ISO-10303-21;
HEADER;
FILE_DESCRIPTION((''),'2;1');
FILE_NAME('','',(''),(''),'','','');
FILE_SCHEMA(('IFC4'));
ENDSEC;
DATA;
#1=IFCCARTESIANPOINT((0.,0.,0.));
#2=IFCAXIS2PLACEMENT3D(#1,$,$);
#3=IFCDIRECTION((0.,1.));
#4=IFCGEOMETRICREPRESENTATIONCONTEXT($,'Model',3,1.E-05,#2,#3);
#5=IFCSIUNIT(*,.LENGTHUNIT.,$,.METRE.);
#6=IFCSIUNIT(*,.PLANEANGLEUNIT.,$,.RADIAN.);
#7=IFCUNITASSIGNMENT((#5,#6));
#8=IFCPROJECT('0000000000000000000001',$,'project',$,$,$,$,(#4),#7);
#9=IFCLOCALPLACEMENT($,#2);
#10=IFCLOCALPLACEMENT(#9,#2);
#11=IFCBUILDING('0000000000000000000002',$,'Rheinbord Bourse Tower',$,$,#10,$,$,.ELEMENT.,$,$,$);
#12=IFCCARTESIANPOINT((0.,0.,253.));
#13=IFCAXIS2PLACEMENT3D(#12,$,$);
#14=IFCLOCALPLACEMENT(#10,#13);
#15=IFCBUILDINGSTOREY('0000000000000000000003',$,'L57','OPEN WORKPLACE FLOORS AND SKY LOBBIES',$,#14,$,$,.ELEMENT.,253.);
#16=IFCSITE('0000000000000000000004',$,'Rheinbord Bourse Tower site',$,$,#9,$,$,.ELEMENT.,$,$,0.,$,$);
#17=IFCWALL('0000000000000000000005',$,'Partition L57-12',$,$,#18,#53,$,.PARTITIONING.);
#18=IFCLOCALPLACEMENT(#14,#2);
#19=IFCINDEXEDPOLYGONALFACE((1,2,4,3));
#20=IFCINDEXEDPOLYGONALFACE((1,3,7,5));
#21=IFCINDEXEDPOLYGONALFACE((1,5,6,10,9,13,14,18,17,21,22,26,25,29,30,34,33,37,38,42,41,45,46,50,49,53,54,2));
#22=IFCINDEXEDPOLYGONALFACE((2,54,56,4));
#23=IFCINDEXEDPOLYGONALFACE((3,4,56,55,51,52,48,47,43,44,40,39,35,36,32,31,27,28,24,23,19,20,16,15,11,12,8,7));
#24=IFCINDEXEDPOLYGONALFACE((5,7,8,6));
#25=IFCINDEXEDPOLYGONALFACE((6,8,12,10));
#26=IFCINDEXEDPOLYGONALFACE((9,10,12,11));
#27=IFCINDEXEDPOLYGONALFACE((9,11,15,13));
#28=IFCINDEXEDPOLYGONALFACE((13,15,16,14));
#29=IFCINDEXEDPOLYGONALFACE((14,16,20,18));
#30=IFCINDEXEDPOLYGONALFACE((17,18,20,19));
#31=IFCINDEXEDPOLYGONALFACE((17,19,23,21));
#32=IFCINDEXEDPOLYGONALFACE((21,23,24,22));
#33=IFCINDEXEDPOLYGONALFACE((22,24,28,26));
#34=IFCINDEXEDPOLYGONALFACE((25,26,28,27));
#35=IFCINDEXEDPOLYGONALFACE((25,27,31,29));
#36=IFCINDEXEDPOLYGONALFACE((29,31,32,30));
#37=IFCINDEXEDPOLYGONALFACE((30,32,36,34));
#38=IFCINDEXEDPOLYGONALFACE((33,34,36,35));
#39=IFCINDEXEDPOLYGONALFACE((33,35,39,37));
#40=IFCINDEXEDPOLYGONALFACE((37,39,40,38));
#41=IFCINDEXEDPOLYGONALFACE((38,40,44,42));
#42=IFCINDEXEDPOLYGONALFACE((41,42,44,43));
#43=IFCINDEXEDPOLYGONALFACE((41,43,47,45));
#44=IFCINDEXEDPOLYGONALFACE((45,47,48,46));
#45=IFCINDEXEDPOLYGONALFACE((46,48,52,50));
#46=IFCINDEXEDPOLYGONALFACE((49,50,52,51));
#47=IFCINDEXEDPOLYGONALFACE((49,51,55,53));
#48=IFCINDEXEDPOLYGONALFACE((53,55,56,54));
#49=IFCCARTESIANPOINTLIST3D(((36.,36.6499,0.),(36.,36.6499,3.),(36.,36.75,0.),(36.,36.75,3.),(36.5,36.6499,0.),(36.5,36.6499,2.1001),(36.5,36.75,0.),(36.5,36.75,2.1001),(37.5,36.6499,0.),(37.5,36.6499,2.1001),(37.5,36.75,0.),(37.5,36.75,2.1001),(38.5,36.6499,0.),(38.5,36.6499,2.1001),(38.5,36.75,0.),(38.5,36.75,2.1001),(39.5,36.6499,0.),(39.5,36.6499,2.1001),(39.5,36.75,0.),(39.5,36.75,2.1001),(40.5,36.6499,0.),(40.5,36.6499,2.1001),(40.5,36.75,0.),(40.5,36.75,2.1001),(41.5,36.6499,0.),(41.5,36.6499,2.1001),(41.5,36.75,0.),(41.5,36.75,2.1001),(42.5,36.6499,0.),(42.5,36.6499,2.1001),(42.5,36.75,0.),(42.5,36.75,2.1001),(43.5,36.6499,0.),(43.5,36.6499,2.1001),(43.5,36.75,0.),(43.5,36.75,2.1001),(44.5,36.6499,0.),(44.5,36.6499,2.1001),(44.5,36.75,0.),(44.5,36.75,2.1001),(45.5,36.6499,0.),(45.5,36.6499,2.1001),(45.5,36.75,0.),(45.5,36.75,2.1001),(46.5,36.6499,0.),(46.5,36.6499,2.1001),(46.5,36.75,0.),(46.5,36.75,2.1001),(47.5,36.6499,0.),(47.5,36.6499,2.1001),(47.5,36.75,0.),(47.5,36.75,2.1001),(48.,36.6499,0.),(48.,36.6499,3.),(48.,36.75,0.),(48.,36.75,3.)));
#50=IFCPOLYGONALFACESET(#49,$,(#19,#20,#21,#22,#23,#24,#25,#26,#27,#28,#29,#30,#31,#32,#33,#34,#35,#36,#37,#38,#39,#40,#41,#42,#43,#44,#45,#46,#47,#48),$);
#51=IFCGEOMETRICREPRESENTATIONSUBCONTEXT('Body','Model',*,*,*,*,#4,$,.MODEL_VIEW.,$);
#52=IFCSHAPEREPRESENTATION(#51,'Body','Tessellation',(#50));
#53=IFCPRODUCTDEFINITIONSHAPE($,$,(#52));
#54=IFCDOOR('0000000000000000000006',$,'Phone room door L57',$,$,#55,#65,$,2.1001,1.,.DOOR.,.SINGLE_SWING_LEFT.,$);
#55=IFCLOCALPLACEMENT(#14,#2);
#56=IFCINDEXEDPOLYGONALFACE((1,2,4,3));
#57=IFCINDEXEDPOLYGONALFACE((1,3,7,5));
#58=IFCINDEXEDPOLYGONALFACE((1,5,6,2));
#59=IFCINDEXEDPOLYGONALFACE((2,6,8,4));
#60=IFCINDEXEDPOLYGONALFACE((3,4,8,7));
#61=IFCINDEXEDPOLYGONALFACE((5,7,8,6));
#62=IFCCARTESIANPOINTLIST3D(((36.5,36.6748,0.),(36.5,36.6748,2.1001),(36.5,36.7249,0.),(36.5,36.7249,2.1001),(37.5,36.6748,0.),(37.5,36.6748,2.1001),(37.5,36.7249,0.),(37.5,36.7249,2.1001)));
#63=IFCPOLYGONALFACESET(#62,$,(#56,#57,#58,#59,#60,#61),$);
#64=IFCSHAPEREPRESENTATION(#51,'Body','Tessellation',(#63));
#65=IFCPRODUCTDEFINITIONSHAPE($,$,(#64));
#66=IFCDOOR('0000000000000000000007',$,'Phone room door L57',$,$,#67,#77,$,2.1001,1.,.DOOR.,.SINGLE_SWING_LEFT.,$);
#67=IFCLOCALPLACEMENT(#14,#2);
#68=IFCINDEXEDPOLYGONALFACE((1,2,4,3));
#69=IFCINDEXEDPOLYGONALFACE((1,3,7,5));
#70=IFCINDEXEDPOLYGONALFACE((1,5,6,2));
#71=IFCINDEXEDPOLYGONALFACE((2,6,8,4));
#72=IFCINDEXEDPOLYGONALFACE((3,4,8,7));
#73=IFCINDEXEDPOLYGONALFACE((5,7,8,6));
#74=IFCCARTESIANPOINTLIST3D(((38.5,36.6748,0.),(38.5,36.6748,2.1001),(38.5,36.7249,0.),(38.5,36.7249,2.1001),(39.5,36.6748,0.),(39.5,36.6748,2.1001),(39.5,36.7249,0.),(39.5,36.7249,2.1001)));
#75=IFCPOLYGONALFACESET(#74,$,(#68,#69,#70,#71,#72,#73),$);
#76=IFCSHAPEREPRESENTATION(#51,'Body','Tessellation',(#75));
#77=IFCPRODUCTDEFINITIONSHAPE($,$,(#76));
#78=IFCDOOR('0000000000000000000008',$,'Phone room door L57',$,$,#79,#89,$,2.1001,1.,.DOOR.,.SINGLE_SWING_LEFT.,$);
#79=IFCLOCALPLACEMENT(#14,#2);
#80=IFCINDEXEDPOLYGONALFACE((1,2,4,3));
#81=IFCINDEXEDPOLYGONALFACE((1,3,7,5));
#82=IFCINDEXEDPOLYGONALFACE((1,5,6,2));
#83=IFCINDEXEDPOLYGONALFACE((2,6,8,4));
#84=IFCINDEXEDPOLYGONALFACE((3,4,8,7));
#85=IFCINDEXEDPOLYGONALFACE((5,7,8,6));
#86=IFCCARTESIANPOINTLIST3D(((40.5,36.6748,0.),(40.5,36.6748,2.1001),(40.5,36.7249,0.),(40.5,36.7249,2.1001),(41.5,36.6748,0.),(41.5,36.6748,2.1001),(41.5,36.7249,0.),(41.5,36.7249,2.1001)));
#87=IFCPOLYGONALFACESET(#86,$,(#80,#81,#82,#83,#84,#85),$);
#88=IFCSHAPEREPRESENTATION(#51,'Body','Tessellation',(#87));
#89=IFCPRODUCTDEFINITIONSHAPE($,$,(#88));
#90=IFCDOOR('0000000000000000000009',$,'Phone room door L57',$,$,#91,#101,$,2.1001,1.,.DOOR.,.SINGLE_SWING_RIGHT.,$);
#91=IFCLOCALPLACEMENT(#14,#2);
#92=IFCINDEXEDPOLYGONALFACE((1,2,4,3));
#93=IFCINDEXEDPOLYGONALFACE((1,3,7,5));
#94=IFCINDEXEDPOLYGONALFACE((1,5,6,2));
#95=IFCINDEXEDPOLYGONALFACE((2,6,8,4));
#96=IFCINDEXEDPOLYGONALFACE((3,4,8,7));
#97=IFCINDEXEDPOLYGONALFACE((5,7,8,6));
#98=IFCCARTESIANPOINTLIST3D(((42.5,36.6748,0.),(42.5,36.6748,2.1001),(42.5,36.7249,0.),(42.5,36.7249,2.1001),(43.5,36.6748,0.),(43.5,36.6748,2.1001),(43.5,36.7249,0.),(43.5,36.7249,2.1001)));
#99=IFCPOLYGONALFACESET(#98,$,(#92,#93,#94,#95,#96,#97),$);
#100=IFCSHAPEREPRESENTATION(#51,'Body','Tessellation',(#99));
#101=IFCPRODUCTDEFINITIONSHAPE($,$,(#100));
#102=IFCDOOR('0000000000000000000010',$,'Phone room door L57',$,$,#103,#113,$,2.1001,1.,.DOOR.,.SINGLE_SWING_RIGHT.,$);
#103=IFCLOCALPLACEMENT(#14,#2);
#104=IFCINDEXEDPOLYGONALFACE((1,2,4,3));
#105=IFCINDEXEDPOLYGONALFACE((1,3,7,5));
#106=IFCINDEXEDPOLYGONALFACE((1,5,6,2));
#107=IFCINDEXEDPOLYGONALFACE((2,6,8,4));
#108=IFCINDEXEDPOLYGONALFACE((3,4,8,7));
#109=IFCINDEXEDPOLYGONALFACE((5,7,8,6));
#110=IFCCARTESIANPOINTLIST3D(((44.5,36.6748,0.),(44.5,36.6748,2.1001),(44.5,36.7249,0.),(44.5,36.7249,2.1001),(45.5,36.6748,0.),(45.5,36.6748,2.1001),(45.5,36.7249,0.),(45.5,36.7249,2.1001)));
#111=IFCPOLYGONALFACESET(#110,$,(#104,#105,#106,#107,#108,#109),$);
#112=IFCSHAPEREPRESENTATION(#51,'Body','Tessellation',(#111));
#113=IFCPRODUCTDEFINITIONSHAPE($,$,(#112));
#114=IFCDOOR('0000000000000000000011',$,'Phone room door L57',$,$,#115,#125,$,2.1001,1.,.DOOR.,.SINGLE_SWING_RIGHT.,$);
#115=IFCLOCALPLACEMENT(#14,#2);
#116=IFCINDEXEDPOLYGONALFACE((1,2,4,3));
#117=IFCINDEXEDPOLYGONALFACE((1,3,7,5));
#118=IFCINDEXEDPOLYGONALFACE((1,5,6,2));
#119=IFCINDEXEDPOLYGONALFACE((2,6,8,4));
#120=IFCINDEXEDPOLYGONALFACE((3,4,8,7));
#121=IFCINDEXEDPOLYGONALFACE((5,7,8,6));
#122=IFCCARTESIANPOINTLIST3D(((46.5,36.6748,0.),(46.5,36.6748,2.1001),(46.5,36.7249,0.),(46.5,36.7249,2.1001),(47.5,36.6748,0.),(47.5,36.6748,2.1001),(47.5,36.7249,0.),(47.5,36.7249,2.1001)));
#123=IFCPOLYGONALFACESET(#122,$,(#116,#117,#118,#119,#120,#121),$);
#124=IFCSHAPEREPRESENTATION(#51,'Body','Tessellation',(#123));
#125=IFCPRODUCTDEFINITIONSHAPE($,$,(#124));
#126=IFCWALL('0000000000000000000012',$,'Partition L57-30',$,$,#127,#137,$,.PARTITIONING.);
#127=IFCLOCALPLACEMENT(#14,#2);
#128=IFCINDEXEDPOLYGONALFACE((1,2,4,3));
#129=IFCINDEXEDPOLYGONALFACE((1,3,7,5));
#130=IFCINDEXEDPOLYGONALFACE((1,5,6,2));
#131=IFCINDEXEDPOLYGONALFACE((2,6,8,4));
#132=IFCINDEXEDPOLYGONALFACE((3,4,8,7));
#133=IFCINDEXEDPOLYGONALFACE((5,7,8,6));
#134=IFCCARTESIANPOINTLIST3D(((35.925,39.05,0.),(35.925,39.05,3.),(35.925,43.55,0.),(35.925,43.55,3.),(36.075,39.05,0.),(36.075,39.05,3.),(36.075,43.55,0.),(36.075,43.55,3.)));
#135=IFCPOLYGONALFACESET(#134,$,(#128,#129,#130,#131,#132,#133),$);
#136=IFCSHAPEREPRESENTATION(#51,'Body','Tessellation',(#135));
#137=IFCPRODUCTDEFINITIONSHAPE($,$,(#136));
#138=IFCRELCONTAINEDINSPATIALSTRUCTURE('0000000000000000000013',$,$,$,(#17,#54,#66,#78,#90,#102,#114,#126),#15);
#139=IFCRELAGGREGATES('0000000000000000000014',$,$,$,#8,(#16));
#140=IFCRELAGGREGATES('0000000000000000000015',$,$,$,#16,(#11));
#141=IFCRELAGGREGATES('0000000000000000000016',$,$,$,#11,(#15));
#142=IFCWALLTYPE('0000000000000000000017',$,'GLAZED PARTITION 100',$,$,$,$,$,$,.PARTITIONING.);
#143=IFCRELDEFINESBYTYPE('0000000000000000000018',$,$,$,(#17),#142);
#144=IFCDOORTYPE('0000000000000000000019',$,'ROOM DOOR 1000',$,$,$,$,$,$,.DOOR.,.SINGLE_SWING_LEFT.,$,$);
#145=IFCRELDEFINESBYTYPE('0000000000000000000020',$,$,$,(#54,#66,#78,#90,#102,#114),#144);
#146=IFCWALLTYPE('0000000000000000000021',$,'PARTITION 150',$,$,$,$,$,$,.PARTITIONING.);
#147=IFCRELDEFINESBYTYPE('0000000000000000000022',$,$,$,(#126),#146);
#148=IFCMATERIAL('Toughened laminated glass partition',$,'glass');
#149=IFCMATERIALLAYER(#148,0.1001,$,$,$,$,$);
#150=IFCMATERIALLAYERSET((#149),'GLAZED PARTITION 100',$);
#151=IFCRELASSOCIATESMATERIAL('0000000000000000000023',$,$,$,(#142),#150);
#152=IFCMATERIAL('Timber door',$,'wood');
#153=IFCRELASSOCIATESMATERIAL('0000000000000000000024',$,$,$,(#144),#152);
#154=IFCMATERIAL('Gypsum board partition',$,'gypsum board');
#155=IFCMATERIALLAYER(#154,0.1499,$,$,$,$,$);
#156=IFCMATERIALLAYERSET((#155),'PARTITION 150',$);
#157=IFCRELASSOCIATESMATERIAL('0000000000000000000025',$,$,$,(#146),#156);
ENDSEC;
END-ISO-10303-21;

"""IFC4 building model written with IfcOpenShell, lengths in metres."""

from ifc_helpers import new_model, si_unit, direction, frame, frame_2d, origin, place, context, subcontext, project, spatial, rectangle, extrude, material, layer, layer_set, type_object, element, fill, save


model = new_model("IFC4")

# Units and contexts
model_context = context("Model", 3, precision=1e-05, world=origin(), true_north=direction((0.0, 1.0)))
body_context = subcontext(model_context, "Body", "Model", "MODEL_VIEW")
ifc_project = project(units=[si_unit("LENGTHUNIT", "METRE"), si_unit("PLANEANGLEUNIT", "RADIAN")], contexts=[model_context])

# Site, building, storey
site_placement = place(None, origin())
site = spatial("IfcSite", under=ifc_project, at=site_placement, Name="Rheinbord Bourse Tower site", CompositionType="ELEMENT", RefElevation=0.0)
building_placement = place(site_placement, origin())
building = spatial("IfcBuilding", under=site, at=building_placement, Name="Rheinbord Bourse Tower", CompositionType="ELEMENT")
storey_placement = place(building_placement, frame((0.0, 0.0, 253.0)))
storey = spatial("IfcBuildingStorey", under=building, at=storey_placement, Name="L57", Description="OPEN WORKPLACE FLOORS AND SKY LOBBIES", CompositionType="ELEMENT", Elevation=253.0)

# Wall, openings, doors
ifc_material_1 = material(Name="Toughened laminated glass partition", Category="glass")
ifc_layer_1 = layer(ifc_material_1, 0.1001)
ifc_layer_set_1 = layer_set([ifc_layer_1], Name="GLAZED PARTITION 100")
wall_type_1 = type_object("IfcWallType", Name="GLAZED PARTITION 100", PredefinedType="PARTITIONING", material=ifc_layer_set_1)
wall_1_placement = place(storey_placement, frame((36.0, 36.7, 0.0), z_axis=(0.0, 0.0, 1.0), x_axis=(1.0, 0.0, 0.0)))
wall_1 = element("IfcWall", 1, at=wall_1_placement, inside=storey, type_object=wall_type_1, Name="Partition L57-12", PredefinedType="PARTITIONING", context=body_context, shape_type="SweptSolid", body=[
    extrude(rectangle(XDim=12.0, YDim=0.1001, at=frame_2d((6.0, 0.0))), origin(), (0.0, 0.0, 1.0), 3.0),
])
opening_1_placement = place(wall_1_placement, frame((0.5, 0.0, 0.0)))
opening_1 = element("IfcOpeningElement", 2, at=opening_1_placement, cuts=wall_1, PredefinedType="OPENING", context=body_context, shape_type="SweptSolid", body=[
    extrude(rectangle(XDim=1.0, YDim=2.1001, at=frame_2d((0.5, 1.05))), frame((0.0, 0.0601, 0.0), z_axis=(0.0, -1.0, 0.0), x_axis=(1.0, 0.0, 0.0)), (0.0, 0.0, 1.0), 0.1201),
])
opening_2_placement = place(wall_1_placement, frame((2.5, 0.0, 0.0)))
opening_2 = element("IfcOpeningElement", 3, at=opening_2_placement, cuts=wall_1, PredefinedType="OPENING", context=body_context, shape_type="SweptSolid", body=[
    extrude(rectangle(XDim=1.0, YDim=2.1001, at=frame_2d((0.5, 1.05))), frame((0.0, 0.0601, 0.0), z_axis=(0.0, -1.0, 0.0), x_axis=(1.0, 0.0, 0.0)), (0.0, 0.0, 1.0), 0.1201),
])
opening_3_placement = place(wall_1_placement, frame((4.5, 0.0, 0.0)))
opening_3 = element("IfcOpeningElement", 4, at=opening_3_placement, cuts=wall_1, PredefinedType="OPENING", context=body_context, shape_type="SweptSolid", body=[
    extrude(rectangle(XDim=1.0, YDim=2.1001, at=frame_2d((0.5, 1.05))), frame((0.0, 0.0601, 0.0), z_axis=(0.0, -1.0, 0.0), x_axis=(1.0, 0.0, 0.0)), (0.0, 0.0, 1.0), 0.1201),
])
opening_4_placement = place(wall_1_placement, frame((6.5, 0.0, 0.0)))
opening_4 = element("IfcOpeningElement", 5, at=opening_4_placement, cuts=wall_1, PredefinedType="OPENING", context=body_context, shape_type="SweptSolid", body=[
    extrude(rectangle(XDim=1.0, YDim=2.1001, at=frame_2d((0.5, 1.05))), frame((0.0, 0.0601, 0.0), z_axis=(0.0, -1.0, 0.0), x_axis=(1.0, 0.0, 0.0)), (0.0, 0.0, 1.0), 0.1201),
])
opening_5_placement = place(wall_1_placement, frame((8.5, 0.0, 0.0)))
opening_5 = element("IfcOpeningElement", 6, at=opening_5_placement, cuts=wall_1, PredefinedType="OPENING", context=body_context, shape_type="SweptSolid", body=[
    extrude(rectangle(XDim=1.0, YDim=2.1001, at=frame_2d((0.5, 1.05))), frame((0.0, 0.0601, 0.0), z_axis=(0.0, -1.0, 0.0), x_axis=(1.0, 0.0, 0.0)), (0.0, 0.0, 1.0), 0.1201),
])
opening_6_placement = place(wall_1_placement, frame((10.5, 0.0, 0.0)))
opening_6 = element("IfcOpeningElement", 7, at=opening_6_placement, cuts=wall_1, PredefinedType="OPENING", context=body_context, shape_type="SweptSolid", body=[
    extrude(rectangle(XDim=1.0, YDim=2.1001, at=frame_2d((0.5, 1.05))), frame((0.0, 0.0601, 0.0), z_axis=(0.0, -1.0, 0.0), x_axis=(1.0, 0.0, 0.0)), (0.0, 0.0, 1.0), 0.1201),
])
ifc_material_2 = material(Name="Timber door", Category="wood")
door_type = type_object("IfcDoorType", Name="ROOM DOOR 1000", OperationType="SINGLE_SWING_LEFT", PredefinedType="DOOR", material=ifc_material_2)
door_1_placement = place(opening_1_placement, origin())
door_1 = element("IfcDoor", 8, at=door_1_placement, inside=storey, type_object=door_type, Name="Phone room door L57", OperationType="SINGLE_SWING_LEFT", OverallHeight=2.1001, OverallWidth=1.0, PredefinedType="DOOR", context=body_context, shape_type="SweptSolid", body=[
    extrude(rectangle(XDim=1.0, YDim=2.1001, at=frame_2d((0.5, 1.05))), frame((0.0, 0.0249, 0.0), z_axis=(0.0, -1.0, 0.0), x_axis=(1.0, 0.0, 0.0)), (0.0, 0.0, 1.0), 0.05),
])
fill(opening_1, door_1)
door_2_placement = place(opening_2_placement, origin())
door_2 = element("IfcDoor", 9, at=door_2_placement, inside=storey, type_object=door_type, Name="Phone room door L57", OperationType="SINGLE_SWING_LEFT", OverallHeight=2.1001, OverallWidth=1.0, PredefinedType="DOOR", context=body_context, shape_type="SweptSolid", body=[
    extrude(rectangle(XDim=1.0, YDim=2.1001, at=frame_2d((0.5, 1.05))), frame((0.0, 0.0249, 0.0), z_axis=(0.0, -1.0, 0.0), x_axis=(1.0, 0.0, 0.0)), (0.0, 0.0, 1.0), 0.05),
])
fill(opening_2, door_2)
door_3_placement = place(opening_3_placement, origin())
door_3 = element("IfcDoor", 10, at=door_3_placement, inside=storey, type_object=door_type, Name="Phone room door L57", OperationType="SINGLE_SWING_LEFT", OverallHeight=2.1001, OverallWidth=1.0, PredefinedType="DOOR", context=body_context, shape_type="SweptSolid", body=[
    extrude(rectangle(XDim=1.0, YDim=2.1001, at=frame_2d((0.5, 1.05))), frame((0.0, 0.0249, 0.0), z_axis=(0.0, -1.0, 0.0), x_axis=(1.0, 0.0, 0.0)), (0.0, 0.0, 1.0), 0.05),
])
fill(opening_3, door_3)
door_4_placement = place(opening_4_placement, origin())
door_4 = element("IfcDoor", 11, at=door_4_placement, inside=storey, type_object=door_type, Name="Phone room door L57", OperationType="SINGLE_SWING_RIGHT", OverallHeight=2.1001, OverallWidth=1.0, PredefinedType="DOOR", context=body_context, shape_type="SweptSolid", body=[
    extrude(rectangle(XDim=1.0, YDim=2.1001, at=frame_2d((0.5, 1.05))), frame((0.0, 0.0249, 0.0), z_axis=(0.0, -1.0, 0.0), x_axis=(1.0, 0.0, 0.0)), (0.0, 0.0, 1.0), 0.05),
])
fill(opening_4, door_4)
door_5_placement = place(opening_5_placement, origin())
door_5 = element("IfcDoor", 12, at=door_5_placement, inside=storey, type_object=door_type, Name="Phone room door L57", OperationType="SINGLE_SWING_RIGHT", OverallHeight=2.1001, OverallWidth=1.0, PredefinedType="DOOR", context=body_context, shape_type="SweptSolid", body=[
    extrude(rectangle(XDim=1.0, YDim=2.1001, at=frame_2d((0.5, 1.05))), frame((0.0, 0.0249, 0.0), z_axis=(0.0, -1.0, 0.0), x_axis=(1.0, 0.0, 0.0)), (0.0, 0.0, 1.0), 0.05),
])
fill(opening_5, door_5)
door_6_placement = place(opening_6_placement, origin())
door_6 = element("IfcDoor", 13, at=door_6_placement, inside=storey, type_object=door_type, Name="Phone room door L57", OperationType="SINGLE_SWING_RIGHT", OverallHeight=2.1001, OverallWidth=1.0, PredefinedType="DOOR", context=body_context, shape_type="SweptSolid", body=[
    extrude(rectangle(XDim=1.0, YDim=2.1001, at=frame_2d((0.5, 1.05))), frame((0.0, 0.0249, 0.0), z_axis=(0.0, -1.0, 0.0), x_axis=(1.0, 0.0, 0.0)), (0.0, 0.0, 1.0), 0.05),
])
fill(opening_6, door_6)

# Wall
ifc_material_3 = material(Name="Gypsum board partition", Category="gypsum board")
ifc_layer_2 = layer(ifc_material_3, 0.1499)
ifc_layer_set_2 = layer_set([ifc_layer_2], Name="PARTITION 150")
wall_type_2 = type_object("IfcWallType", Name="PARTITION 150", PredefinedType="PARTITIONING", material=ifc_layer_set_2)
wall_2_placement = place(storey_placement, frame((36.0, 39.05, 0.0), z_axis=(0.0, 0.0, 1.0), x_axis=(0.0, 1.0, 0.0)))
element("IfcWall", 14, at=wall_2_placement, inside=storey, type_object=wall_type_2, Name="Partition L57-30", PredefinedType="PARTITIONING", context=body_context, shape_type="SweptSolid", body=[
    extrude(rectangle(XDim=4.5, YDim=0.1499, at=frame_2d((2.25, 0.0))), origin(), (0.0, 0.0, 1.0), 3.0),
])

save(model, "model.ifc")
